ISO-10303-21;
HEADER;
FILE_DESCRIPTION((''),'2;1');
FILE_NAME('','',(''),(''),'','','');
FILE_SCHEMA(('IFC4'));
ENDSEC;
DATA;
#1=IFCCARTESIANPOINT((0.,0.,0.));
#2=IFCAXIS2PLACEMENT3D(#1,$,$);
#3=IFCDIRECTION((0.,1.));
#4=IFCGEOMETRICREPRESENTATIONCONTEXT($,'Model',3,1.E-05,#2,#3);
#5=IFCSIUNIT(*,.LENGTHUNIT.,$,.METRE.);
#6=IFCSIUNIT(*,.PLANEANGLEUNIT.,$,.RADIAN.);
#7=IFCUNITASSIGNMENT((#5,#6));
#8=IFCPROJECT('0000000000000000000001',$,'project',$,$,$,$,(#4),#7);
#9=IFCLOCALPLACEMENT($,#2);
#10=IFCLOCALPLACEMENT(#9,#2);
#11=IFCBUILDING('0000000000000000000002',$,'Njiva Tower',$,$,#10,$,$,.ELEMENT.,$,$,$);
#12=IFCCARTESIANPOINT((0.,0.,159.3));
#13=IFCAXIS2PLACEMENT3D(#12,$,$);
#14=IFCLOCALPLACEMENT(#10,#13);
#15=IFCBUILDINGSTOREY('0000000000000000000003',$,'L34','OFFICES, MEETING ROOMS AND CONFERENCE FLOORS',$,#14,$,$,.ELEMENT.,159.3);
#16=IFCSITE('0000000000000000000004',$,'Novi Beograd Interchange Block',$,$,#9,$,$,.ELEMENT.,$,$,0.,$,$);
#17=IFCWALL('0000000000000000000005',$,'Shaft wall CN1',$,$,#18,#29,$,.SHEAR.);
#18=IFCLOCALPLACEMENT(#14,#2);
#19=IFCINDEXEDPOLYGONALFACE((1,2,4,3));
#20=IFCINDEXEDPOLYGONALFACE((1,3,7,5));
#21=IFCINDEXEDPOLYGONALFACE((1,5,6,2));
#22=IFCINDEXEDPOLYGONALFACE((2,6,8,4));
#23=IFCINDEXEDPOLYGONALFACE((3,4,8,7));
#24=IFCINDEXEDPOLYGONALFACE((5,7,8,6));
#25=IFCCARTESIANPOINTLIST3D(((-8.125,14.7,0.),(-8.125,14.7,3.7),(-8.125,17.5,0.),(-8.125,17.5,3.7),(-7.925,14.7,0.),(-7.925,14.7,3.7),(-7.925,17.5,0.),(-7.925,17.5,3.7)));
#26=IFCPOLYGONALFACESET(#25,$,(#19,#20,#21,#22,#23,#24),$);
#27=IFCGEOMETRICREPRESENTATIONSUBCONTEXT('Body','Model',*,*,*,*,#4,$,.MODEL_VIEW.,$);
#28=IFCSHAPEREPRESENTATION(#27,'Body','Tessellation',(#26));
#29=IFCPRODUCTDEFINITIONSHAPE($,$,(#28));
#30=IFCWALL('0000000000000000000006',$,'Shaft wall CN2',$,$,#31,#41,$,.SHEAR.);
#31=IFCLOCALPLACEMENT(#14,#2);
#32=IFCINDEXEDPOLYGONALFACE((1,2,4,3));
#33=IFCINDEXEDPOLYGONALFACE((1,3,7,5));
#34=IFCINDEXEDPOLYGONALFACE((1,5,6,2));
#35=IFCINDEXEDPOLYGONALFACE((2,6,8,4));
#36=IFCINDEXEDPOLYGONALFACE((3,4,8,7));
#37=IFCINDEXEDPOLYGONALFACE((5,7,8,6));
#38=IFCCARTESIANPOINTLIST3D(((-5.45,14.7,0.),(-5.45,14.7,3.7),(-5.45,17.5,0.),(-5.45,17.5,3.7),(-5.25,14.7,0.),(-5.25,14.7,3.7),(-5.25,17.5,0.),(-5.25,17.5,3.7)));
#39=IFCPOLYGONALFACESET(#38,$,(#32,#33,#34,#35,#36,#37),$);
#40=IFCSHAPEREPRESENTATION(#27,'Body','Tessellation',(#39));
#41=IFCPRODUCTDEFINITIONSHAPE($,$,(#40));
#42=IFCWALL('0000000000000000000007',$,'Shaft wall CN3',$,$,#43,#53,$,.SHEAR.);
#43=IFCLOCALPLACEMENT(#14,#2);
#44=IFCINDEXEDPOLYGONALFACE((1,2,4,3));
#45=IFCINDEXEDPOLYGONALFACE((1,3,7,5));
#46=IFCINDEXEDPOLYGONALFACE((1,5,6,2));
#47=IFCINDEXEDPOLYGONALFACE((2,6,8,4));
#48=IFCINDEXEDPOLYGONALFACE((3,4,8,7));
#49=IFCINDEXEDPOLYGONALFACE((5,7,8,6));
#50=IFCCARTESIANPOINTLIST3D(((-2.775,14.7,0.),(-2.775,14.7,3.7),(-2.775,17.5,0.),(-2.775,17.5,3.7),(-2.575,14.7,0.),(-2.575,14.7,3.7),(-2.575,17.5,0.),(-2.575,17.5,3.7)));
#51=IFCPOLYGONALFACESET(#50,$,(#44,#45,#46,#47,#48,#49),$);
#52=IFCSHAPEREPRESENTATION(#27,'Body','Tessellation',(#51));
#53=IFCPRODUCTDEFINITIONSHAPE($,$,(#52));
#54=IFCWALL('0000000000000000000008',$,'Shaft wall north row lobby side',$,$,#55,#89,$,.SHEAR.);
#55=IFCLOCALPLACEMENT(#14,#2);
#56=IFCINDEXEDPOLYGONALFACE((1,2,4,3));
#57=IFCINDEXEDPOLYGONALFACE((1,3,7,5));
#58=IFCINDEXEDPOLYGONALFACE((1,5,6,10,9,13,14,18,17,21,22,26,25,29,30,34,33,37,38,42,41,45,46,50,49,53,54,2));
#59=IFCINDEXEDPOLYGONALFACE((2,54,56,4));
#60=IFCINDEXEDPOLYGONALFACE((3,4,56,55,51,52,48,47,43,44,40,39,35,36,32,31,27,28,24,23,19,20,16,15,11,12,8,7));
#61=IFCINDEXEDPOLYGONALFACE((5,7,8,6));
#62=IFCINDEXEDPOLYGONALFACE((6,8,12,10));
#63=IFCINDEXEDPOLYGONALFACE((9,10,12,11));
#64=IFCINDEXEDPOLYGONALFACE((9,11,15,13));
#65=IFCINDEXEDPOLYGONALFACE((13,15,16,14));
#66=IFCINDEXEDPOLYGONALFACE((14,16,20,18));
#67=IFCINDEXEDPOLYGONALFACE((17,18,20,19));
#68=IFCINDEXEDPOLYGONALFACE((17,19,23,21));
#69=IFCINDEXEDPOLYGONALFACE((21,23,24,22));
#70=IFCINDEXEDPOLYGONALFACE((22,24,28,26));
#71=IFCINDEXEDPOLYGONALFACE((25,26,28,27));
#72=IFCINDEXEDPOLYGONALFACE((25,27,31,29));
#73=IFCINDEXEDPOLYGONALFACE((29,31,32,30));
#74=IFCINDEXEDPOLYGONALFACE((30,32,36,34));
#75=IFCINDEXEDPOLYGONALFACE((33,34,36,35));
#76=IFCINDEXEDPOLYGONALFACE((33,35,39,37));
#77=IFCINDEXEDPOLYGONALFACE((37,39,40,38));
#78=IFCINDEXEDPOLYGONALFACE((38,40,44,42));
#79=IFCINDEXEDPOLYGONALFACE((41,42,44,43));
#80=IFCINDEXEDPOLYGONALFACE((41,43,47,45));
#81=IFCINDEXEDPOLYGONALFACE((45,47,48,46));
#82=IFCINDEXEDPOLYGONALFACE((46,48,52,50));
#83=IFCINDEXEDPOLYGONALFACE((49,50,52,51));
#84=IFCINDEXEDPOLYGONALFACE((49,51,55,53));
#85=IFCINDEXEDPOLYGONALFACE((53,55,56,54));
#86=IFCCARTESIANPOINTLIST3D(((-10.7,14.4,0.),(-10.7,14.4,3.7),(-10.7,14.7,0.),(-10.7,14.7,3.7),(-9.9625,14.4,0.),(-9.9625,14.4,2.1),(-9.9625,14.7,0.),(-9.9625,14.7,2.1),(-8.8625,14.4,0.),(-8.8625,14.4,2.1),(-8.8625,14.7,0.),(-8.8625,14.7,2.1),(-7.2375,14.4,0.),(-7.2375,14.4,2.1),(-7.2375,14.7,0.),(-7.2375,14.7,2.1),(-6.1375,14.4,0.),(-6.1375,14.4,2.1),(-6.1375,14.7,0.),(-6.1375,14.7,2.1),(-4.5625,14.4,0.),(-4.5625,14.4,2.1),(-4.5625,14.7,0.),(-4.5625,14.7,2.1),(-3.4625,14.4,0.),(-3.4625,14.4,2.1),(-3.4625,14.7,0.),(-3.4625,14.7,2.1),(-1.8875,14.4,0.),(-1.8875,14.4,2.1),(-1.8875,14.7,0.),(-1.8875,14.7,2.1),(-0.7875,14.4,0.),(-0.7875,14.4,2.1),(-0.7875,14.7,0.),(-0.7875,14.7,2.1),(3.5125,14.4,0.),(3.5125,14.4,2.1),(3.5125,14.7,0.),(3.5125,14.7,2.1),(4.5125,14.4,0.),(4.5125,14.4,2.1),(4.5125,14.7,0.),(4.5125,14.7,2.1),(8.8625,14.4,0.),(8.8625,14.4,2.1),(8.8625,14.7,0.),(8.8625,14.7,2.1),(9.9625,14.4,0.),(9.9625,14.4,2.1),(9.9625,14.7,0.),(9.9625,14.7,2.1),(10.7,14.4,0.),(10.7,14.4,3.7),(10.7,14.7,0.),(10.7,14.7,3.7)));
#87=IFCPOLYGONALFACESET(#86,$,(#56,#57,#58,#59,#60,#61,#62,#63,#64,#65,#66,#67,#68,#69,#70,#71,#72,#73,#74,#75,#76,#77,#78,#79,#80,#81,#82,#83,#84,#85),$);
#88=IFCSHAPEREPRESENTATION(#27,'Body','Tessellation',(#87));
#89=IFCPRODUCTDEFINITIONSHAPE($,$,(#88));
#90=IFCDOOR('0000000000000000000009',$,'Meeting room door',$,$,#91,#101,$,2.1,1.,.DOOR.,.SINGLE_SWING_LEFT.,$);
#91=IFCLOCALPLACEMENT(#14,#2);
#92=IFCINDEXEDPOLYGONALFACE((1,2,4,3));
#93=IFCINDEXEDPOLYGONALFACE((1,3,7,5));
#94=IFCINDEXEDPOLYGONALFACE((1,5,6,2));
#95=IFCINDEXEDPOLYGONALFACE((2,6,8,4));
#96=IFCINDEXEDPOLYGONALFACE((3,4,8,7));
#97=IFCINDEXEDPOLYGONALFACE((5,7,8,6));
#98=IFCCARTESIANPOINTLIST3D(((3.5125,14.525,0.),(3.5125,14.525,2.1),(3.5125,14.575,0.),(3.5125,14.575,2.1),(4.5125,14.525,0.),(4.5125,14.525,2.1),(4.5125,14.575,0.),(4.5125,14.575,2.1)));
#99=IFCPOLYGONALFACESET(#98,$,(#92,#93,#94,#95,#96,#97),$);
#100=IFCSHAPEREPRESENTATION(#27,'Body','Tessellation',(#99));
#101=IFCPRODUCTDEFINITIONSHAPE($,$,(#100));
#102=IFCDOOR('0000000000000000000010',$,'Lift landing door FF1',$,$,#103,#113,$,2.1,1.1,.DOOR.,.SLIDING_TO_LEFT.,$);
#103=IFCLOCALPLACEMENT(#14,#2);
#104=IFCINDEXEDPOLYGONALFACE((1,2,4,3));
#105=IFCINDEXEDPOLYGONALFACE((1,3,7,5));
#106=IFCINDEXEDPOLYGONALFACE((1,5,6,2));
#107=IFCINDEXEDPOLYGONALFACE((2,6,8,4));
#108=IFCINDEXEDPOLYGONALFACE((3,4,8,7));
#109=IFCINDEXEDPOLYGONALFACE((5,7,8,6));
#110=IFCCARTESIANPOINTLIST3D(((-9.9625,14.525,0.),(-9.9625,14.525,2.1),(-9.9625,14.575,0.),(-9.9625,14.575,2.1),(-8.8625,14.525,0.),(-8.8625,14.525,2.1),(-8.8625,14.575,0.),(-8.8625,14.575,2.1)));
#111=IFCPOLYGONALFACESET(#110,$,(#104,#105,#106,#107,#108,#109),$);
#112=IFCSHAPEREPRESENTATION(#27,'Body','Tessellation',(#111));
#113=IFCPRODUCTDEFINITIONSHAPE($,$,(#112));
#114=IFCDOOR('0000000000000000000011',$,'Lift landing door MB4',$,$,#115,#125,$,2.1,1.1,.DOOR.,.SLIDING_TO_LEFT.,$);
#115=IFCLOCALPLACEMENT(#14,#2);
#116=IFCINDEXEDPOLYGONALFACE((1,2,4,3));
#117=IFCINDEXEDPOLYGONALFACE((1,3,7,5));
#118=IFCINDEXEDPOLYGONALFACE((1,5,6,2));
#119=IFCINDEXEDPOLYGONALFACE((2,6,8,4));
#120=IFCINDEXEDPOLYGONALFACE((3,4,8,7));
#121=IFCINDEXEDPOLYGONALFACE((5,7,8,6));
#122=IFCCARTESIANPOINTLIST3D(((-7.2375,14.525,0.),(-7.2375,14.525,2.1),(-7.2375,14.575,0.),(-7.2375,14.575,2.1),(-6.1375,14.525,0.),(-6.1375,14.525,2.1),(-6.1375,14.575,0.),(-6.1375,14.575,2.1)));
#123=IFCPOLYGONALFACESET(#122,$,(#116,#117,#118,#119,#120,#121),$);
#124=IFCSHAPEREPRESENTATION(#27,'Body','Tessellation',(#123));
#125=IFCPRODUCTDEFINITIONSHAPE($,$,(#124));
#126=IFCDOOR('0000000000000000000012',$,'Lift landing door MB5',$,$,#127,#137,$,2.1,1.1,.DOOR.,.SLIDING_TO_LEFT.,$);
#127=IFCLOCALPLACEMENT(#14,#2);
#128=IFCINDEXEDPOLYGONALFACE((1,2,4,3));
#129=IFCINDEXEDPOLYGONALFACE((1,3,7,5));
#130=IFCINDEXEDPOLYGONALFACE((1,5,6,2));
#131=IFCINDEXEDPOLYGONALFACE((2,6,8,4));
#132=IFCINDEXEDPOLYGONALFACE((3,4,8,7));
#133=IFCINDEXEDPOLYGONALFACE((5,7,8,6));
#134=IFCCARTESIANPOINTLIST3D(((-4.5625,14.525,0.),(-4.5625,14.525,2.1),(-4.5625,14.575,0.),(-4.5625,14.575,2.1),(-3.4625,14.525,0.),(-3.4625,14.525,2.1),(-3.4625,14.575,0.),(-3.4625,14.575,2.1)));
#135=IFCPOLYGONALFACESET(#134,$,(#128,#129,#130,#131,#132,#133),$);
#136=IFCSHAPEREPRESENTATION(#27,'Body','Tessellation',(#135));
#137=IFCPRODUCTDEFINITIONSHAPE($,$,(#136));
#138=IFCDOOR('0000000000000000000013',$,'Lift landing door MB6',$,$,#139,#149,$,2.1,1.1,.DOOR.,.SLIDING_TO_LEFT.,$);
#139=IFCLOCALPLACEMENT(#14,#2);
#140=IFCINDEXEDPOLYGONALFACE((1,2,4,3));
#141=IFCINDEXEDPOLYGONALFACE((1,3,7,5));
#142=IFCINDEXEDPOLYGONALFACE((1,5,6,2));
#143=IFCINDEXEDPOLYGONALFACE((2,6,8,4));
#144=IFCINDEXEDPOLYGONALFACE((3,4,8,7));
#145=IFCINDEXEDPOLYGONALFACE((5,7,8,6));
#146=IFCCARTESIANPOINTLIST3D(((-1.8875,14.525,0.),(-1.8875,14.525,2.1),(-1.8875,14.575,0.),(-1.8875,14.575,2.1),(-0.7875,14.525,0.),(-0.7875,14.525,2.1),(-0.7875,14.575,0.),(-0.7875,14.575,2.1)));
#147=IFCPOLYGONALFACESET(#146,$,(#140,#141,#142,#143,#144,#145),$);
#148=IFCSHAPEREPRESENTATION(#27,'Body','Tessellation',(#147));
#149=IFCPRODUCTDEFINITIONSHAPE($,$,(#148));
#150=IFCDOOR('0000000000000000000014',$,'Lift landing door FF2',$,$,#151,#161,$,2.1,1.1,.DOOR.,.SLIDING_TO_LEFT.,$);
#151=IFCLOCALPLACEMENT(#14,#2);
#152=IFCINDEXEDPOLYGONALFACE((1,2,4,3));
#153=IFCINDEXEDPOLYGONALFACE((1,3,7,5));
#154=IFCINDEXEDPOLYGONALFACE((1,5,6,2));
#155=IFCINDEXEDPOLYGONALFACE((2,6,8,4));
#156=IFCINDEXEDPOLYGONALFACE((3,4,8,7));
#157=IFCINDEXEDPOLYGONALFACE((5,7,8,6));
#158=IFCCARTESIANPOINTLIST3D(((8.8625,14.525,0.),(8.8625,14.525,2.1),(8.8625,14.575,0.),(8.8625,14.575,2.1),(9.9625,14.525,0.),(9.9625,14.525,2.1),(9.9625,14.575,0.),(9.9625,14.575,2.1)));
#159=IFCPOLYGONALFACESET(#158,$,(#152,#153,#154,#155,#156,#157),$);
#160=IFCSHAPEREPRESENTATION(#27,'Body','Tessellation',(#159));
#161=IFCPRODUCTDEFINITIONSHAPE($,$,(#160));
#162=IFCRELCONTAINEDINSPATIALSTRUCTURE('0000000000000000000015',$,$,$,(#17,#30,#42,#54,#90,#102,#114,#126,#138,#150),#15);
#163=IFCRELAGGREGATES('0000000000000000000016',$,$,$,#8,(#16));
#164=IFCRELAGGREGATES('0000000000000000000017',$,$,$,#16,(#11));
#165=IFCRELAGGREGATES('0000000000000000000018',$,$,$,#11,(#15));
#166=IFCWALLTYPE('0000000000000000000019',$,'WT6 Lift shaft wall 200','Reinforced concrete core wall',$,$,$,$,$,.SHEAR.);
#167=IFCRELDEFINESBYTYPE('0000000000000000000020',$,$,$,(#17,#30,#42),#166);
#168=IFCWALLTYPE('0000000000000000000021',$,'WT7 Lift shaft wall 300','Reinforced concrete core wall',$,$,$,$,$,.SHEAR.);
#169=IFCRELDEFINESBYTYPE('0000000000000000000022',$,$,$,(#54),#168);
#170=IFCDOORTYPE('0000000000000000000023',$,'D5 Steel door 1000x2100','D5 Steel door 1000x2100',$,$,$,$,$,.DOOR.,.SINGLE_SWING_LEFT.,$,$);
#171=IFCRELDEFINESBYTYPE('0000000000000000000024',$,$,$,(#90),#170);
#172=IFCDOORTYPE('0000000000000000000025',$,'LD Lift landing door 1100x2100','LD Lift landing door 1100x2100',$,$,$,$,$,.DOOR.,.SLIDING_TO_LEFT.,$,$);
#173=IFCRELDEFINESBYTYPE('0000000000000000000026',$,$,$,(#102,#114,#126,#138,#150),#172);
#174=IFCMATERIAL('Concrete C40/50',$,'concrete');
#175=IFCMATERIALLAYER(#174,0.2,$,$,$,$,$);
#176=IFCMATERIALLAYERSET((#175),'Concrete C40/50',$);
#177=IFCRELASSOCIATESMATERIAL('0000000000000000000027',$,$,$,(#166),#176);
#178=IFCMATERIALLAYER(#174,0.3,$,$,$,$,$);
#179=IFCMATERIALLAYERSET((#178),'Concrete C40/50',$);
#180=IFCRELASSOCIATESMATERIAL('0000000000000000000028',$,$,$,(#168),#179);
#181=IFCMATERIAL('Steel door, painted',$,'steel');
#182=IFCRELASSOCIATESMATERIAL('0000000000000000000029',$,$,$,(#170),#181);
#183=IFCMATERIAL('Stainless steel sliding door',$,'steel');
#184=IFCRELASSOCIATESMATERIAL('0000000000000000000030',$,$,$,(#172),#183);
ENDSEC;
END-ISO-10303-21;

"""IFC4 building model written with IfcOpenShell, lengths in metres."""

from ifc_helpers import new_model, si_unit, direction, frame, frame_2d, origin, place, context, subcontext, project, spatial, rectangle, extrude, material, layer, layer_set, type_object, element, fill, save


model = new_model("IFC4")

# Units and contexts
model_context = context("Model", 3, precision=1e-05, world=origin(), true_north=direction((0.0, 1.0)))
body_context = subcontext(model_context, "Body", "Model", "MODEL_VIEW")
ifc_project = project(units=[si_unit("LENGTHUNIT", "METRE"), si_unit("PLANEANGLEUNIT", "RADIAN")], contexts=[model_context])

# Site, building, storey
site_placement = place(None, origin())
site = spatial("IfcSite", under=ifc_project, at=site_placement, Name="Novi Beograd Interchange Block", CompositionType="ELEMENT", RefElevation=0.0)
building_placement = place(site_placement, origin())
building = spatial("IfcBuilding", under=site, at=building_placement, Name="Njiva Tower", CompositionType="ELEMENT")
storey_placement = place(building_placement, frame((0.0, 0.0, 159.3)))
storey = spatial("IfcBuildingStorey", under=building, at=storey_placement, Name="L34", Description="OFFICES, MEETING ROOMS AND CONFERENCE FLOORS", CompositionType="ELEMENT", Elevation=159.3)

# Walls
ifc_material_1 = material(Name="Concrete C40/50", Category="concrete")
ifc_layer_1 = layer(ifc_material_1, 0.2)
ifc_layer_set_1 = layer_set([ifc_layer_1], Name="Concrete C40/50")
wall_type_1 = type_object("IfcWallType", Name="WT6 Lift shaft wall 200", Description="Reinforced concrete core wall", PredefinedType="SHEAR", material=ifc_layer_set_1)
for number, where, z_axis, x_axis, name in (
    (1, (-8.025, 14.7, 0.0), (0.0, 0.0, 1.0), (0.0, 1.0, 0.0), "Shaft wall CN1"),
    (2, (-5.35, 14.7, 0.0), (0.0, 0.0, 1.0), (0.0, 1.0, 0.0), "Shaft wall CN2"),
    (3, (-2.675, 14.7, 0.0), (0.0, 0.0, 1.0), (0.0, 1.0, 0.0), "Shaft wall CN3"),
):
    element("IfcWall", number, at=place(storey_placement, frame(where, z_axis=z_axis, x_axis=x_axis)), inside=storey, type_object=wall_type_1, Name=name, PredefinedType="SHEAR", context=body_context, shape_type="SweptSolid", body=[
        extrude(rectangle(XDim=2.8, YDim=0.2, at=frame_2d((1.4, 0.0))), origin(), (0.0, 0.0, 1.0), 3.7),
    ])

# Wall, openings, doors
ifc_layer_2 = layer(ifc_material_1, 0.3)
ifc_layer_set_2 = layer_set([ifc_layer_2], Name="Concrete C40/50")
wall_type_2 = type_object("IfcWallType", Name="WT7 Lift shaft wall 300", Description="Reinforced concrete core wall", PredefinedType="SHEAR", material=ifc_layer_set_2)
wall_1_placement = place(storey_placement, frame((-10.7, 14.55, 0.0), z_axis=(0.0, 0.0, 1.0), x_axis=(1.0, 0.0, 0.0)))
wall_1 = element("IfcWall", 4, at=wall_1_placement, inside=storey, type_object=wall_type_2, Name="Shaft wall north row lobby side", PredefinedType="SHEAR", context=body_context, shape_type="SweptSolid", body=[
    extrude(rectangle(XDim=21.4, YDim=0.3, at=frame_2d((10.7, 0.0))), origin(), (0.0, 0.0, 1.0), 3.7),
])
opening_1_placement = place(wall_1_placement, frame((0.7375, 0.0, 0.0)))
opening_1 = element("IfcOpeningElement", 5, at=opening_1_placement, cuts=wall_1, PredefinedType="OPENING", context=body_context, shape_type="SweptSolid", body=[
    extrude(rectangle(XDim=1.1, YDim=2.1, at=frame_2d((0.55, 1.05))), frame((0.0, 0.16, 0.0), z_axis=(0.0, -1.0, 0.0), x_axis=(1.0, 0.0, 0.0)), (0.0, 0.0, 1.0), 0.32),
])
opening_2_placement = place(wall_1_placement, frame((3.4625, 0.0, 0.0)))
opening_2 = element("IfcOpeningElement", 6, at=opening_2_placement, cuts=wall_1, PredefinedType="OPENING", context=body_context, shape_type="SweptSolid", body=[
    extrude(rectangle(XDim=1.1, YDim=2.1, at=frame_2d((0.55, 1.05))), frame((0.0, 0.16, 0.0), z_axis=(0.0, -1.0, 0.0), x_axis=(1.0, 0.0, 0.0)), (0.0, 0.0, 1.0), 0.32),
])
opening_3_placement = place(wall_1_placement, frame((6.1375, 0.0, 0.0)))
opening_3 = element("IfcOpeningElement", 7, at=opening_3_placement, cuts=wall_1, PredefinedType="OPENING", context=body_context, shape_type="SweptSolid", body=[
    extrude(rectangle(XDim=1.1, YDim=2.1, at=frame_2d((0.55, 1.05))), frame((0.0, 0.16, 0.0), z_axis=(0.0, -1.0, 0.0), x_axis=(1.0, 0.0, 0.0)), (0.0, 0.0, 1.0), 0.32),
])
opening_4_placement = place(wall_1_placement, frame((8.8125, 0.0, 0.0)))
opening_4 = element("IfcOpeningElement", 8, at=opening_4_placement, cuts=wall_1, PredefinedType="OPENING", context=body_context, shape_type="SweptSolid", body=[
    extrude(rectangle(XDim=1.1, YDim=2.1, at=frame_2d((0.55, 1.05))), frame((0.0, 0.16, 0.0), z_axis=(0.0, -1.0, 0.0), x_axis=(1.0, 0.0, 0.0)), (0.0, 0.0, 1.0), 0.32),
])
opening_5_placement = place(wall_1_placement, frame((19.5625, 0.0, 0.0)))
opening_5 = element("IfcOpeningElement", 9, at=opening_5_placement, cuts=wall_1, PredefinedType="OPENING", context=body_context, shape_type="SweptSolid", body=[
    extrude(rectangle(XDim=1.1, YDim=2.1, at=frame_2d((0.55, 1.05))), frame((0.0, 0.16, 0.0), z_axis=(0.0, -1.0, 0.0), x_axis=(1.0, 0.0, 0.0)), (0.0, 0.0, 1.0), 0.32),
])
opening_6_placement = place(wall_1_placement, frame((14.2125, 0.0, 0.0)))
opening_6 = element("IfcOpeningElement", 10, at=opening_6_placement, cuts=wall_1, PredefinedType="OPENING", context=body_context, shape_type="SweptSolid", body=[
    extrude(rectangle(XDim=1.0, YDim=2.1, at=frame_2d((0.5, 1.05))), frame((0.0, 0.16, 0.0), z_axis=(0.0, -1.0, 0.0), x_axis=(1.0, 0.0, 0.0)), (0.0, 0.0, 1.0), 0.32),
])
ifc_material_2 = material(Name="Steel door, painted", Category="steel")
door_type_1 = type_object("IfcDoorType", Name="D5 Steel door 1000x2100", Description="D5 Steel door 1000x2100", OperationType="SINGLE_SWING_LEFT", PredefinedType="DOOR", material=ifc_material_2)
door_1_placement = place(opening_6_placement, origin())
door_1 = element("IfcDoor", 11, at=door_1_placement, inside=storey, type_object=door_type_1, Name="Meeting room door", OperationType="SINGLE_SWING_LEFT", OverallHeight=2.1, OverallWidth=1.0, PredefinedType="DOOR", context=body_context, shape_type="SweptSolid", body=[
    extrude(rectangle(XDim=1.0, YDim=2.1, at=frame_2d((0.5, 1.05))), frame((0.0, 0.025, 0.0), z_axis=(0.0, -1.0, 0.0), x_axis=(1.0, 0.0, 0.0)), (0.0, 0.0, 1.0), 0.05),
])
fill(opening_6, door_1)
ifc_material_3 = material(Name="Stainless steel sliding door", Category="steel")
door_type_2 = type_object("IfcDoorType", Name="LD Lift landing door 1100x2100", Description="LD Lift landing door 1100x2100", OperationType="SLIDING_TO_LEFT", PredefinedType="DOOR", material=ifc_material_3)
door_2_placement = place(opening_1_placement, origin())
door_2 = element("IfcDoor", 12, at=door_2_placement, inside=storey, type_object=door_type_2, Name="Lift landing door FF1", OperationType="SLIDING_TO_LEFT", OverallHeight=2.1, OverallWidth=1.1, PredefinedType="DOOR", context=body_context, shape_type="SweptSolid", body=[
    extrude(rectangle(XDim=1.1, YDim=2.1, at=frame_2d((0.55, 1.05))), frame((0.0, 0.025, 0.0), z_axis=(0.0, -1.0, 0.0), x_axis=(1.0, 0.0, 0.0)), (0.0, 0.0, 1.0), 0.05),
])
fill(opening_1, door_2)
door_3_placement = place(opening_2_placement, origin())
door_3 = element("IfcDoor", 13, at=door_3_placement, inside=storey, type_object=door_type_2, Name="Lift landing door MB4", OperationType="SLIDING_TO_LEFT", OverallHeight=2.1, OverallWidth=1.1, PredefinedType="DOOR", context=body_context, shape_type="SweptSolid", body=[
    extrude(rectangle(XDim=1.1, YDim=2.1, at=frame_2d((0.55, 1.05))), frame((0.0, 0.025, 0.0), z_axis=(0.0, -1.0, 0.0), x_axis=(1.0, 0.0, 0.0)), (0.0, 0.0, 1.0), 0.05),
])
fill(opening_2, door_3)
door_4_placement = place(opening_3_placement, origin())
door_4 = element("IfcDoor", 14, at=door_4_placement, inside=storey, type_object=door_type_2, Name="Lift landing door MB5", OperationType="SLIDING_TO_LEFT", OverallHeight=2.1, OverallWidth=1.1, PredefinedType="DOOR", context=body_context, shape_type="SweptSolid", body=[
    extrude(rectangle(XDim=1.1, YDim=2.1, at=frame_2d((0.55, 1.05))), frame((0.0, 0.025, 0.0), z_axis=(0.0, -1.0, 0.0), x_axis=(1.0, 0.0, 0.0)), (0.0, 0.0, 1.0), 0.05),
])
fill(opening_3, door_4)
door_5_placement = place(opening_4_placement, origin())
door_5 = element("IfcDoor", 15, at=door_5_placement, inside=storey, type_object=door_type_2, Name="Lift landing door MB6", OperationType="SLIDING_TO_LEFT", OverallHeight=2.1, OverallWidth=1.1, PredefinedType="DOOR", context=body_context, shape_type="SweptSolid", body=[
    extrude(rectangle(XDim=1.1, YDim=2.1, at=frame_2d((0.55, 1.05))), frame((0.0, 0.025, 0.0), z_axis=(0.0, -1.0, 0.0), x_axis=(1.0, 0.0, 0.0)), (0.0, 0.0, 1.0), 0.05),
])
fill(opening_4, door_5)
door_6_placement = place(opening_5_placement, origin())
door_6 = element("IfcDoor", 16, at=door_6_placement, inside=storey, type_object=door_type_2, Name="Lift landing door FF2", OperationType="SLIDING_TO_LEFT", OverallHeight=2.1, OverallWidth=1.1, PredefinedType="DOOR", context=body_context, shape_type="SweptSolid", body=[
    extrude(rectangle(XDim=1.1, YDim=2.1, at=frame_2d((0.55, 1.05))), frame((0.0, 0.025, 0.0), z_axis=(0.0, -1.0, 0.0), x_axis=(1.0, 0.0, 0.0)), (0.0, 0.0, 1.0), 0.05),
])
fill(opening_5, door_6)

save(model, "model.ifc")
